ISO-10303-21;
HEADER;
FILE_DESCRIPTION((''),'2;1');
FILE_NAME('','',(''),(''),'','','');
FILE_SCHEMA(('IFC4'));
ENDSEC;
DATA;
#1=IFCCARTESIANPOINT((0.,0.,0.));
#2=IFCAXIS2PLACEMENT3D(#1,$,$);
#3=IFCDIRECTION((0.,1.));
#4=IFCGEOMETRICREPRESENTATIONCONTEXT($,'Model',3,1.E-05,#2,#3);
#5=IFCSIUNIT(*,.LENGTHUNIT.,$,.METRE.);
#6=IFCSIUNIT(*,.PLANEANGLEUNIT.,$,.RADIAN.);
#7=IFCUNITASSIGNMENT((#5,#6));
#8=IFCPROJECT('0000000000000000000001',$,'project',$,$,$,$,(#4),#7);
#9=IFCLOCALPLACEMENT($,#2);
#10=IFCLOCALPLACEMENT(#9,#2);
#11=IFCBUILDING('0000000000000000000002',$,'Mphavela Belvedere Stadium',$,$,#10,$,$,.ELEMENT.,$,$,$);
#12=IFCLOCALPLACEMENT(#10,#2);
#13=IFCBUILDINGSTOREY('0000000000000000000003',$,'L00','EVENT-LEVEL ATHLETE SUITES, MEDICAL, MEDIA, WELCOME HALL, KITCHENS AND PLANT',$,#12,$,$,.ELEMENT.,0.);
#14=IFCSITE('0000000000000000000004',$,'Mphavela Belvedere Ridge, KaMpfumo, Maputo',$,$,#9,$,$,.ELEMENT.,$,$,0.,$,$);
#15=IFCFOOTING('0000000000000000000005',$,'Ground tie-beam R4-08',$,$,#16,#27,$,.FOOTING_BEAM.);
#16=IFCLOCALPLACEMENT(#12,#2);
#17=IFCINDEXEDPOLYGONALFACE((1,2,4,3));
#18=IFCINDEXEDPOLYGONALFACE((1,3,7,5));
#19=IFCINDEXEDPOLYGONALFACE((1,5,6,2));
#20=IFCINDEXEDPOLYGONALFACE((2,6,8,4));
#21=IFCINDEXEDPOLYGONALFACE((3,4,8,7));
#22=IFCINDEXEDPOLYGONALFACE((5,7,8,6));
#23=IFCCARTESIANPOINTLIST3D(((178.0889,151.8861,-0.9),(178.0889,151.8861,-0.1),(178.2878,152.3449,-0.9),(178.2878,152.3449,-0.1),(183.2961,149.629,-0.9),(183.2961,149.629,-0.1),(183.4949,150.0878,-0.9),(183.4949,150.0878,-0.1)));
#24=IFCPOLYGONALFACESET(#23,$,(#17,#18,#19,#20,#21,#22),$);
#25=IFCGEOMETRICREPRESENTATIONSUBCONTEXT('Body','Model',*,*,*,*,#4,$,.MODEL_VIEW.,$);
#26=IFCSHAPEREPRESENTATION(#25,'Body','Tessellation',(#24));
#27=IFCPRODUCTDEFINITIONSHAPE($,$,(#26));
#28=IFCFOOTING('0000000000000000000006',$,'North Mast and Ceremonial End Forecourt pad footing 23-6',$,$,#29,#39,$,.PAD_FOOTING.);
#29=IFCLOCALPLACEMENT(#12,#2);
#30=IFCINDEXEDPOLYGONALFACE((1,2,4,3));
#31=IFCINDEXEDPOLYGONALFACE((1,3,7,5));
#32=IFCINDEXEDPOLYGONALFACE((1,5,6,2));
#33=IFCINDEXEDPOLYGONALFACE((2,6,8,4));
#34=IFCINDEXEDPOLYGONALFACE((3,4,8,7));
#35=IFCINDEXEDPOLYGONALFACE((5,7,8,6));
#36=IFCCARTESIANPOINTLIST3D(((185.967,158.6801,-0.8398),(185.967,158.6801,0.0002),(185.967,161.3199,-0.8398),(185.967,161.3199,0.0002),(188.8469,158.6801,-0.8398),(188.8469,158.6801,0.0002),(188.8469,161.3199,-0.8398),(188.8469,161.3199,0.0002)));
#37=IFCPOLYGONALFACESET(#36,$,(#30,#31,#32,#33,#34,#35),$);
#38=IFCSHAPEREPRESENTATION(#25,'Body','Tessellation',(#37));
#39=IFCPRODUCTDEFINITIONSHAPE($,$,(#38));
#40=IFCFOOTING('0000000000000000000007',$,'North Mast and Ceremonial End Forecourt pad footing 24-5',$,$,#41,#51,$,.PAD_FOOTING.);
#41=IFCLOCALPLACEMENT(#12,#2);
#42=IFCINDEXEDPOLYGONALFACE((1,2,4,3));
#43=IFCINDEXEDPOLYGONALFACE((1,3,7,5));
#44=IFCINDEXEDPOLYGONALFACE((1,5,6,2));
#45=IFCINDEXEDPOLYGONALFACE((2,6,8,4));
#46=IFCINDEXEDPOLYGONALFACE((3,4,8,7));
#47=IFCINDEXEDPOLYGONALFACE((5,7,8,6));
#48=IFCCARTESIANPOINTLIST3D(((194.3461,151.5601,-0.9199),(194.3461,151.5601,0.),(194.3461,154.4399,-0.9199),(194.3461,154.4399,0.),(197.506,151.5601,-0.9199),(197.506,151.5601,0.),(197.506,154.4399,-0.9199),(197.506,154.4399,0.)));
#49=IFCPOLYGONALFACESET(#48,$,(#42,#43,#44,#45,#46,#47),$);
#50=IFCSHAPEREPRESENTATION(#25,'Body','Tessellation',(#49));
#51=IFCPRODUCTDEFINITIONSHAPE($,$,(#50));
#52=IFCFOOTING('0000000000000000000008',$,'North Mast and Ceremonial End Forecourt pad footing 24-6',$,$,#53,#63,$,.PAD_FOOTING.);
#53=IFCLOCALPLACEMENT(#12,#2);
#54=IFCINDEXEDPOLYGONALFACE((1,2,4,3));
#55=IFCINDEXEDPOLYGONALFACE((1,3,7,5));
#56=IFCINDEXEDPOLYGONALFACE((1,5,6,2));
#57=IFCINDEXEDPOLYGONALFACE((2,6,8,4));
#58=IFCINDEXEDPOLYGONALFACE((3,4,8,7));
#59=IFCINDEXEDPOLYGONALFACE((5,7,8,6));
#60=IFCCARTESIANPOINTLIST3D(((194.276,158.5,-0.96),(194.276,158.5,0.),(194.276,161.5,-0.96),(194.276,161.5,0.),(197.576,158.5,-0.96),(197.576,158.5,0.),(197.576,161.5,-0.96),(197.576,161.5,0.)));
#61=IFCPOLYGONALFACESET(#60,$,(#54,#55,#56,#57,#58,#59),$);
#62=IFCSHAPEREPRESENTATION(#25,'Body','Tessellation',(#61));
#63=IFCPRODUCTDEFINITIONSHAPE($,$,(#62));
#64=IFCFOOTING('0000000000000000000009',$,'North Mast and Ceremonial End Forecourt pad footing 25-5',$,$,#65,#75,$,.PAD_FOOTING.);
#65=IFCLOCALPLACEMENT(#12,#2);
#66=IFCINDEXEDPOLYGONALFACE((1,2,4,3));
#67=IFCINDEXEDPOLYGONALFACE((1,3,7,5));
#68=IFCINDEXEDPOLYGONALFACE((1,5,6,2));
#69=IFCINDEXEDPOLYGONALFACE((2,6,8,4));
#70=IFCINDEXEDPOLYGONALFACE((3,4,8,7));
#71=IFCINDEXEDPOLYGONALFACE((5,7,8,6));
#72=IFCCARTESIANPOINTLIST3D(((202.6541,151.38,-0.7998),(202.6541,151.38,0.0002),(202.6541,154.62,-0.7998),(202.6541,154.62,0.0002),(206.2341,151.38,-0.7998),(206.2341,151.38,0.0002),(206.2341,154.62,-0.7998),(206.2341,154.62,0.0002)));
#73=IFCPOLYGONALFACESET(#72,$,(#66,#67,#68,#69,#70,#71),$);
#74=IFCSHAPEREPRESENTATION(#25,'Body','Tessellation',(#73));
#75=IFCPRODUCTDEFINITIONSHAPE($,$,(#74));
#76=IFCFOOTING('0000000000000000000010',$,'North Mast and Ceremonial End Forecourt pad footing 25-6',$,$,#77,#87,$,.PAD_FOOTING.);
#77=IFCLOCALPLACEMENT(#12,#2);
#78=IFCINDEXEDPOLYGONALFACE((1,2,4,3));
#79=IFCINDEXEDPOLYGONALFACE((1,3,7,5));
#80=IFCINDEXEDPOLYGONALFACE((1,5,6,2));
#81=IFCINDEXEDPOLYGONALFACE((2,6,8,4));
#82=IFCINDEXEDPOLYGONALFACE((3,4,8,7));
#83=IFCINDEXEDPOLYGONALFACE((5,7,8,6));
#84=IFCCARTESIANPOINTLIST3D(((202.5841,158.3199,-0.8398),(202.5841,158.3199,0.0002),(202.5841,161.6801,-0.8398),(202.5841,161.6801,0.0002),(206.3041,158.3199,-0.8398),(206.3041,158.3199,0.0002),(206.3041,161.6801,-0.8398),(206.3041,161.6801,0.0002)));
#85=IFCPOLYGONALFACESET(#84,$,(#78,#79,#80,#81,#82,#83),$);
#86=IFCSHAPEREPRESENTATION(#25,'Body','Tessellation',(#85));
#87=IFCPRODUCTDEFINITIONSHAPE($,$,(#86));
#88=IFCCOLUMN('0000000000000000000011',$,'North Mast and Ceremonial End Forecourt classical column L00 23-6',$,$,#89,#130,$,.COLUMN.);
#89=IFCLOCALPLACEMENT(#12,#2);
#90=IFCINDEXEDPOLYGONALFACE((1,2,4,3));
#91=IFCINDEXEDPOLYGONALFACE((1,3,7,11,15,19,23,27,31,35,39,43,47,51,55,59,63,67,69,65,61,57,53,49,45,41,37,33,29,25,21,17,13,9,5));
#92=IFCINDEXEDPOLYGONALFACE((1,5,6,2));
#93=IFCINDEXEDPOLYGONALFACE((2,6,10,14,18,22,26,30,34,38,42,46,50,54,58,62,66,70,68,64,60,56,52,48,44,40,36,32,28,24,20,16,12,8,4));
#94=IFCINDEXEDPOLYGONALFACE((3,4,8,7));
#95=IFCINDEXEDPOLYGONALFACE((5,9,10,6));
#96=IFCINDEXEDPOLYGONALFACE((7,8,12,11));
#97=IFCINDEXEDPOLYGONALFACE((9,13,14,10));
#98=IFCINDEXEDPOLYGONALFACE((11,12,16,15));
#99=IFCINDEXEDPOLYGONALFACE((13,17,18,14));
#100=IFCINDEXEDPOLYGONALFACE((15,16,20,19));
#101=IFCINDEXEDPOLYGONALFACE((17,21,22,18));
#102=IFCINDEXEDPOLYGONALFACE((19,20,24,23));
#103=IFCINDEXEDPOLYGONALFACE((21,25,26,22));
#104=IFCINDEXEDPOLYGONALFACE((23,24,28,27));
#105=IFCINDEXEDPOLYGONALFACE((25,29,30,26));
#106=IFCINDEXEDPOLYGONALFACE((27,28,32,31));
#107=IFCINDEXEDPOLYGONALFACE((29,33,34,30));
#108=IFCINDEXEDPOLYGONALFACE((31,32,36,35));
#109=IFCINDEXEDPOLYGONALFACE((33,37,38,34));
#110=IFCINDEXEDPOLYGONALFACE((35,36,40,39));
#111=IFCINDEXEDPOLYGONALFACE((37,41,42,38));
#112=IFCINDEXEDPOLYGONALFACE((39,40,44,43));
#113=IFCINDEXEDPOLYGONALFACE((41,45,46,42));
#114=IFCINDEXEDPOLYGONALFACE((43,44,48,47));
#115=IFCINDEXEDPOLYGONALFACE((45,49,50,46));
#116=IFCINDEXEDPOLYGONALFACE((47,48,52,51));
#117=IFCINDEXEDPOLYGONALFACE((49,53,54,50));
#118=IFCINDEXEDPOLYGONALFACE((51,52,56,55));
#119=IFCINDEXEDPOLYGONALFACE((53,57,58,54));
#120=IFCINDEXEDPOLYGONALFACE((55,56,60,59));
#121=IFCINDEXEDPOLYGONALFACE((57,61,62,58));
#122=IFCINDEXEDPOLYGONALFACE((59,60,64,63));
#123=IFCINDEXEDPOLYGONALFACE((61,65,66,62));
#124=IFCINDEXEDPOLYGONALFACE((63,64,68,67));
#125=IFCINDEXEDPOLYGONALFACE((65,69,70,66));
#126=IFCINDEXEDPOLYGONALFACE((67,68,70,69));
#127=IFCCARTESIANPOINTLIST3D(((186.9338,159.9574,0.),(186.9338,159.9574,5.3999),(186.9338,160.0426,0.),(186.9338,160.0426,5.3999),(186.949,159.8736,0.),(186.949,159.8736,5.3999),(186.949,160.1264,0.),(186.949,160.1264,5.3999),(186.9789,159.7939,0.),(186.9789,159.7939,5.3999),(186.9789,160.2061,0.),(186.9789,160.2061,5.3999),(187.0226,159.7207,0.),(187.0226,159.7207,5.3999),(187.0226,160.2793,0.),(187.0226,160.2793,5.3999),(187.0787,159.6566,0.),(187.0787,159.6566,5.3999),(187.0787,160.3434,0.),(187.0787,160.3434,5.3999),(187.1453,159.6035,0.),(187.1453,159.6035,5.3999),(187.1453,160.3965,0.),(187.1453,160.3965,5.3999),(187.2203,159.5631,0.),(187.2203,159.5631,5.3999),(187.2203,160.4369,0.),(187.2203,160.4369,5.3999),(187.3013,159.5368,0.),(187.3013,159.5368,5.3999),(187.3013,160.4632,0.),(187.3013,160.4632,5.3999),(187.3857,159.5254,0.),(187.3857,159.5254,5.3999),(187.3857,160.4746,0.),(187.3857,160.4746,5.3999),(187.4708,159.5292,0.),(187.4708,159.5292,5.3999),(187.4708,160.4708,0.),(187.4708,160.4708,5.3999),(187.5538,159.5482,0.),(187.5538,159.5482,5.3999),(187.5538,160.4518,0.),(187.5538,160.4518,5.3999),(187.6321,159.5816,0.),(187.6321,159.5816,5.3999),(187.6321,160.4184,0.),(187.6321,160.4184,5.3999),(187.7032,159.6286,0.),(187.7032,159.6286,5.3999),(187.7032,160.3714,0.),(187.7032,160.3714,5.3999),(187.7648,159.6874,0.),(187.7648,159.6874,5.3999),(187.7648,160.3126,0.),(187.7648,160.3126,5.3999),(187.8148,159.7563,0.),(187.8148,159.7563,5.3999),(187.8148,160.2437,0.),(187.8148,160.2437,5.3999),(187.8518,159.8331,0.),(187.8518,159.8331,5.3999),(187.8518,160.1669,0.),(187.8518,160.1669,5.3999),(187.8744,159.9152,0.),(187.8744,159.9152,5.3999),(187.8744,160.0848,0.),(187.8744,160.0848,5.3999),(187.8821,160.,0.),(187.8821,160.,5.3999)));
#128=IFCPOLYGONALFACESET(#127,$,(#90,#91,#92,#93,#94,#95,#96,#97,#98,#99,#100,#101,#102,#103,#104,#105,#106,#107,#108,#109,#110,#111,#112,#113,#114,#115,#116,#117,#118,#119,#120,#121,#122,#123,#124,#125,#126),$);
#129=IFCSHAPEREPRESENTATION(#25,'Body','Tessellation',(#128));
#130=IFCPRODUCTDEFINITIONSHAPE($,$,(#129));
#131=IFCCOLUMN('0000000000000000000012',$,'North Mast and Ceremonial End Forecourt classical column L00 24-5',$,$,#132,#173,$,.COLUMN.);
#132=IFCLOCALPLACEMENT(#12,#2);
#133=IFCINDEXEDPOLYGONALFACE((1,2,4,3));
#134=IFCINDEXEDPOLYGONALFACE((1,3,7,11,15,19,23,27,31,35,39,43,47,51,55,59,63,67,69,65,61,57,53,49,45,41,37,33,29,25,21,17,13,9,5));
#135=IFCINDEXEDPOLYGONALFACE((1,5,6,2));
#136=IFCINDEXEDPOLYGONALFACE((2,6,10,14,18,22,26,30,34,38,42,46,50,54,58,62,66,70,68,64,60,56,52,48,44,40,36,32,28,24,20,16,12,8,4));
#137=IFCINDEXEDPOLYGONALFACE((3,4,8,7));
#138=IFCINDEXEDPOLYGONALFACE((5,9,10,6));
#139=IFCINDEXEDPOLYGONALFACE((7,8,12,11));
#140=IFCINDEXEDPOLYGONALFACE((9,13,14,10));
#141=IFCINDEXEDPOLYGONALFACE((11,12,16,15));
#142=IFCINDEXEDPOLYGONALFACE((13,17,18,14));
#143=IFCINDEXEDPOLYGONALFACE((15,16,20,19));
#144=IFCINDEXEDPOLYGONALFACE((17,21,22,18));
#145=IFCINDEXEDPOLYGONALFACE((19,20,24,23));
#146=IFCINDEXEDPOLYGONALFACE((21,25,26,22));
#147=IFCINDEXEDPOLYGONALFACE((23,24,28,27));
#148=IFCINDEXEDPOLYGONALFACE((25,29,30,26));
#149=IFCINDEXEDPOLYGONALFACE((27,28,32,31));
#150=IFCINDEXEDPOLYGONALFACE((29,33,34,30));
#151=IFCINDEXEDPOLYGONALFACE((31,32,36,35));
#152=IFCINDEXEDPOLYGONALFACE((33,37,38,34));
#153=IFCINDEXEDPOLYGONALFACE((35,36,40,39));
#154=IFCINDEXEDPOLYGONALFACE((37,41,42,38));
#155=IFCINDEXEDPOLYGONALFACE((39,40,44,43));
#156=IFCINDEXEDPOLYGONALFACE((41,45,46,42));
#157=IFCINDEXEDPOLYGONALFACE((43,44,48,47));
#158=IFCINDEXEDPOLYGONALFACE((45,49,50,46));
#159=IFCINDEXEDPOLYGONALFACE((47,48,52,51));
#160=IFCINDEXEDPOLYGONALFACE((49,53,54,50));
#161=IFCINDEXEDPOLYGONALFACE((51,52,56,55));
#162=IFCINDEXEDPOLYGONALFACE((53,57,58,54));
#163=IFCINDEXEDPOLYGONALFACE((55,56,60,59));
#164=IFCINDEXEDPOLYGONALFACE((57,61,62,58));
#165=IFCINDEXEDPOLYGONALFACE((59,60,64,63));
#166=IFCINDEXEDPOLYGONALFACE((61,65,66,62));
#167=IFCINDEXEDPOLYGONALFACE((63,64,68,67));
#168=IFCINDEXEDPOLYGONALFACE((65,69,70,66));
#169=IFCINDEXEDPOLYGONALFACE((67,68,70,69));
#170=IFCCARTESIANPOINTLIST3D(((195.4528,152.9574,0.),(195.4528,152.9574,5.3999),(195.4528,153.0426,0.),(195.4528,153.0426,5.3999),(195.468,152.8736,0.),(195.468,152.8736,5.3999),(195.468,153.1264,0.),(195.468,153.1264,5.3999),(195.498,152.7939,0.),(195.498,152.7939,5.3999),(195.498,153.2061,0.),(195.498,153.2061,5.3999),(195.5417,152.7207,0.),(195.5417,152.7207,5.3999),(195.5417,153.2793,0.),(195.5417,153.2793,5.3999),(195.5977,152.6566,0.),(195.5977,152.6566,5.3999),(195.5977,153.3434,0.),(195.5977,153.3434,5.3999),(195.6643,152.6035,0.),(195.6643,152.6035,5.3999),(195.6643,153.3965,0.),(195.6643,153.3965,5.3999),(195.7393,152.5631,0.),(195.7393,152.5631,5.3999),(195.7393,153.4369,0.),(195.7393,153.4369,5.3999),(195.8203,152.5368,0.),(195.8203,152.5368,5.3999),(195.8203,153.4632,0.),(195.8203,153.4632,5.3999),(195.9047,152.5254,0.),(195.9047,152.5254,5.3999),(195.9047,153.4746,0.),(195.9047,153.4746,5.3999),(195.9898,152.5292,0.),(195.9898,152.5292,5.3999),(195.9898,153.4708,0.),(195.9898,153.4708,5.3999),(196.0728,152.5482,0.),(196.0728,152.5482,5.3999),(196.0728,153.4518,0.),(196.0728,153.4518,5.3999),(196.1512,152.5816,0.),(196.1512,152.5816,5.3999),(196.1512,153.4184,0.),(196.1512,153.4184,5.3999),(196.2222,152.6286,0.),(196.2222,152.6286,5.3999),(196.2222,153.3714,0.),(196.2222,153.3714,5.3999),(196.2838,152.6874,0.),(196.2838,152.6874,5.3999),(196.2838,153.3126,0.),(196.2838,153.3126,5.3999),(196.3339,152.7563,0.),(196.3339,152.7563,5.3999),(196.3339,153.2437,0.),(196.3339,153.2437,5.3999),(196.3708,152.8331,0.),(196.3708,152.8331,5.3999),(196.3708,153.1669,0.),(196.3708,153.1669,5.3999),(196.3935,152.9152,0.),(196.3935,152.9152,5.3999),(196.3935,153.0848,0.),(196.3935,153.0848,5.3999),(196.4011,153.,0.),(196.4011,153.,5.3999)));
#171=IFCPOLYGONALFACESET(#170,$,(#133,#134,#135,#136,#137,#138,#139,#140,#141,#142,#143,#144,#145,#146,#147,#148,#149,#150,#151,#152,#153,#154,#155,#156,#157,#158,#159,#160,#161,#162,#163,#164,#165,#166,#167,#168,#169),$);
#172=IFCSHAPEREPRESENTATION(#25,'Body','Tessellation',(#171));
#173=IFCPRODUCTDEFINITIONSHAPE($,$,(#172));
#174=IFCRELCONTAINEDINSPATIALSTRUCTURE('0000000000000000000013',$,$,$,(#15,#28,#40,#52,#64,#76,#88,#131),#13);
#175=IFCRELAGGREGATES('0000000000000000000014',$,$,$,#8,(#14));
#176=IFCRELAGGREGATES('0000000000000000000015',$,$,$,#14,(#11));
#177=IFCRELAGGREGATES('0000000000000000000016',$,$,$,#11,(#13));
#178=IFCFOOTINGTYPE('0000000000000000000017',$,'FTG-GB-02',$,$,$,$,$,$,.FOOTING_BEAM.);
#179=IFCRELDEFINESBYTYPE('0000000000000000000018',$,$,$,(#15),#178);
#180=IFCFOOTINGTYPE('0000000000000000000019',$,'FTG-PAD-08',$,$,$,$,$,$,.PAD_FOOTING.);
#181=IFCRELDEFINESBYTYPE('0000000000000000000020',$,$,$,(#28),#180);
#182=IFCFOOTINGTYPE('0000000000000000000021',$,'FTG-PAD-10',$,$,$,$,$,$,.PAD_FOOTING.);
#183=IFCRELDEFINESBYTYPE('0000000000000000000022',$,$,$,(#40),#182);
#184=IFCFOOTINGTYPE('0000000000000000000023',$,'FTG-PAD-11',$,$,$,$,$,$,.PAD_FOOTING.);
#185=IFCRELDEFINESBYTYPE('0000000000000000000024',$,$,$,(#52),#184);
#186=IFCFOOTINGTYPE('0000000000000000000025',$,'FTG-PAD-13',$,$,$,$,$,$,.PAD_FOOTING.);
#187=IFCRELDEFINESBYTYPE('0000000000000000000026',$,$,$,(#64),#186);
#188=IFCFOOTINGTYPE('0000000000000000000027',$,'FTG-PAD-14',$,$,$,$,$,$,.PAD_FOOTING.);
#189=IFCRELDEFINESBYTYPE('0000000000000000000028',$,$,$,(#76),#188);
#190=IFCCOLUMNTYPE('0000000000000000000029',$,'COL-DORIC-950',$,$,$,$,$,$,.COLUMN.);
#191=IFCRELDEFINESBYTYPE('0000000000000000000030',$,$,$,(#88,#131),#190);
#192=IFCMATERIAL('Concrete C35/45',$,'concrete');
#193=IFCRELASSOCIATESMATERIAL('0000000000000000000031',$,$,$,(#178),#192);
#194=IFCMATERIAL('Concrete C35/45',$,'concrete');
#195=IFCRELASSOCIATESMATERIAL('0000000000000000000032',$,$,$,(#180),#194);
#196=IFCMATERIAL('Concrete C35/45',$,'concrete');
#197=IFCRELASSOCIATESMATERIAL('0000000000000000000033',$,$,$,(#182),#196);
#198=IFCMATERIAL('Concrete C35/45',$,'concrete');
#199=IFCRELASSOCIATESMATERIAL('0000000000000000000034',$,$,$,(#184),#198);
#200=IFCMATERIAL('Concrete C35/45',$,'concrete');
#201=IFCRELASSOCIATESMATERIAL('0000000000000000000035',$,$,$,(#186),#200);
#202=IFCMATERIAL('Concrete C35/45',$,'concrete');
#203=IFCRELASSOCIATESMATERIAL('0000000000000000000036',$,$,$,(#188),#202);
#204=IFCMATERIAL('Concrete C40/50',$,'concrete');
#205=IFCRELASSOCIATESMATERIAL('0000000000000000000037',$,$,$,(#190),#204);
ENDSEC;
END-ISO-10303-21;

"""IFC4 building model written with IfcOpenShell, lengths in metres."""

from ifc_helpers import new_model, si_unit, direction, frame, origin, origin_2d, place, context, subcontext, project, spatial, rectangle, circle, extrude, material, material_profile, profile_set, type_object, element, save


model = new_model("IFC4")

# Units and contexts
model_context = context("Model", 3, precision=1e-05, world=origin(), true_north=direction((0.0, 1.0)))
body_context = subcontext(model_context, "Body", "Model", "MODEL_VIEW")
ifc_project = project(units=[si_unit("LENGTHUNIT", "METRE"), si_unit("PLANEANGLEUNIT", "RADIAN")], contexts=[model_context])

# Site, building, storey
site_placement = place(None, origin())
site = spatial("IfcSite", under=ifc_project, at=site_placement, Name="Mphavela Belvedere Ridge, KaMpfumo, Maputo", CompositionType="ELEMENT", RefElevation=0.0)
building_placement = place(site_placement, origin())
building = spatial("IfcBuilding", under=site, at=building_placement, Name="Mphavela Belvedere Stadium", CompositionType="ELEMENT")
storey_placement = place(building_placement, origin())
storey = spatial("IfcBuildingStorey", under=building, at=storey_placement, Name="L00", Description="EVENT-LEVEL ATHLETE SUITES, MEDICAL, MEDIA, WELCOME HALL, KITCHENS AND PLANT", CompositionType="ELEMENT", Elevation=0.0)

# Footings
ifc_material_1 = material(Name="Concrete C35/45", Category="concrete")
ifc_material_profile_1 = material_profile(ifc_material_1, rectangle(XDim=0.5, YDim=0.8, at=origin_2d()), Name="GB 500x800")
ifc_profile_set_1 = profile_set([ifc_material_profile_1], Name="Concrete C35/45")
footing_type_1 = type_object("IfcFootingType", Name="FTG-GB-02", PredefinedType="FOOTING_BEAM", material=ifc_profile_set_1)
footing_1_placement = place(storey_placement, frame((183.3955, 149.8584, -0.5), z_axis=(-0.917511, 0.397711, 0.0), x_axis=(-0.397711, -0.917511, 0.0)))
element("IfcFooting", 1, at=footing_1_placement, inside=storey, type_object=footing_type_1, Name="Ground tie-beam R4-08", PredefinedType="FOOTING_BEAM", context=body_context, shape_type="SweptSolid", body=[
    extrude(rectangle(XDim=0.5, YDim=0.8, at=origin_2d()), origin(), (0.0, 0.0, 1.0), 5.6753),
])
ifc_material_2 = material(Name="Concrete C35/45", Category="concrete")
footing_type_2 = type_object("IfcFootingType", Name="FTG-PAD-08", PredefinedType="PAD_FOOTING", material=ifc_material_2)
footing_2_placement = place(storey_placement, frame((187.407, 160.0, -0.8398), z_axis=(0.0, 0.0, 1.0), x_axis=(1.0, 0.0, 0.0)))
element("IfcFooting", 2, at=footing_2_placement, inside=storey, type_object=footing_type_2, Name="North Mast and Ceremonial End Forecourt pad footing 23-6", PredefinedType="PAD_FOOTING", context=body_context, shape_type="SweptSolid", body=[
    extrude(rectangle(XDim=2.8799, YDim=2.6399, at=origin_2d()), origin(), (0.0, 0.0, 1.0), 0.8401),
])
ifc_material_3 = material(Name="Concrete C35/45", Category="concrete")
footing_type_3 = type_object("IfcFootingType", Name="FTG-PAD-10", PredefinedType="PAD_FOOTING", material=ifc_material_3)
footing_3_placement = place(storey_placement, frame((195.926, 153.0, -0.9199), z_axis=(0.0, 0.0, 1.0), x_axis=(1.0, 0.0, 0.0)))
element("IfcFooting", 3, at=footing_3_placement, inside=storey, type_object=footing_type_3, Name="North Mast and Ceremonial End Forecourt pad footing 24-5", PredefinedType="PAD_FOOTING", context=body_context, shape_type="SweptSolid", body=[
    extrude(rectangle(XDim=3.1599, YDim=2.8799, at=origin_2d()), origin(), (0.0, 0.0, 1.0), 0.9199),
])
ifc_material_4 = material(Name="Concrete C35/45", Category="concrete")
footing_type_4 = type_object("IfcFootingType", Name="FTG-PAD-11", PredefinedType="PAD_FOOTING", material=ifc_material_4)
footing_4_placement = place(storey_placement, frame((195.926, 160.0, -0.96), z_axis=(0.0, 0.0, 1.0), x_axis=(1.0, 0.0, 0.0)))
element("IfcFooting", 4, at=footing_4_placement, inside=storey, type_object=footing_type_4, Name="North Mast and Ceremonial End Forecourt pad footing 24-6", PredefinedType="PAD_FOOTING", context=body_context, shape_type="SweptSolid", body=[
    extrude(rectangle(XDim=3.3, YDim=3.0, at=origin_2d()), origin(), (0.0, 0.0, 1.0), 0.96),
])
ifc_material_5 = material(Name="Concrete C35/45", Category="concrete")
footing_type_5 = type_object("IfcFootingType", Name="FTG-PAD-13", PredefinedType="PAD_FOOTING", material=ifc_material_5)
footing_5_placement = place(storey_placement, frame((204.4441, 153.0, -0.7998), z_axis=(0.0, 0.0, 1.0), x_axis=(1.0, 0.0, 0.0)))
element("IfcFooting", 5, at=footing_5_placement, inside=storey, type_object=footing_type_5, Name="North Mast and Ceremonial End Forecourt pad footing 25-5", PredefinedType="PAD_FOOTING", context=body_context, shape_type="SweptSolid", body=[
    extrude(rectangle(XDim=3.5801, YDim=3.24, at=origin_2d()), origin(), (0.0, 0.0, 1.0), 0.8),
])
ifc_material_6 = material(Name="Concrete C35/45", Category="concrete")
footing_type_6 = type_object("IfcFootingType", Name="FTG-PAD-14", PredefinedType="PAD_FOOTING", material=ifc_material_6)
footing_6_placement = place(storey_placement, frame((204.4441, 160.0, -0.8398), z_axis=(0.0, 0.0, 1.0), x_axis=(1.0, 0.0, 0.0)))
element("IfcFooting", 6, at=footing_6_placement, inside=storey, type_object=footing_type_6, Name="North Mast and Ceremonial End Forecourt pad footing 25-6", PredefinedType="PAD_FOOTING", context=body_context, shape_type="SweptSolid", body=[
    extrude(rectangle(XDim=3.72, YDim=3.3601, at=origin_2d()), origin(), (0.0, 0.0, 1.0), 0.8401),
])

# Columns
ifc_material_7 = material(Name="Concrete C40/50", Category="concrete")
ifc_material_profile_2 = material_profile(ifc_material_7, circle(Radius=0.4751, at=origin_2d()), Name="COL D950")
ifc_profile_set_2 = profile_set([ifc_material_profile_2], Name="Concrete C40/50")
column_type = type_object("IfcColumnType", Name="COL-DORIC-950", PredefinedType="COLUMN", material=ifc_profile_set_2)
for number, where, z_axis, x_axis, name in (
    (7, (187.407, 160.0, 0.0), (0.0, 0.0, 1.0), (1.0, 0.0, 0.0), "North Mast and Ceremonial End Forecourt classical column L00 23-6"),
    (8, (195.926, 153.0, 0.0), (0.0, 0.0, 1.0), (1.0, 0.0, 0.0), "North Mast and Ceremonial End Forecourt classical column L00 24-5"),
):
    element("IfcColumn", number, at=place(storey_placement, frame(where, z_axis=z_axis, x_axis=x_axis)), inside=storey, type_object=column_type, Name=name, PredefinedType="COLUMN", context=body_context, shape_type="SweptSolid", body=[
        extrude(circle(Radius=0.4751, at=origin_2d()), origin(), (0.0, 0.0, 1.0), 5.3999),
    ])

save(model, "model.ifc")
